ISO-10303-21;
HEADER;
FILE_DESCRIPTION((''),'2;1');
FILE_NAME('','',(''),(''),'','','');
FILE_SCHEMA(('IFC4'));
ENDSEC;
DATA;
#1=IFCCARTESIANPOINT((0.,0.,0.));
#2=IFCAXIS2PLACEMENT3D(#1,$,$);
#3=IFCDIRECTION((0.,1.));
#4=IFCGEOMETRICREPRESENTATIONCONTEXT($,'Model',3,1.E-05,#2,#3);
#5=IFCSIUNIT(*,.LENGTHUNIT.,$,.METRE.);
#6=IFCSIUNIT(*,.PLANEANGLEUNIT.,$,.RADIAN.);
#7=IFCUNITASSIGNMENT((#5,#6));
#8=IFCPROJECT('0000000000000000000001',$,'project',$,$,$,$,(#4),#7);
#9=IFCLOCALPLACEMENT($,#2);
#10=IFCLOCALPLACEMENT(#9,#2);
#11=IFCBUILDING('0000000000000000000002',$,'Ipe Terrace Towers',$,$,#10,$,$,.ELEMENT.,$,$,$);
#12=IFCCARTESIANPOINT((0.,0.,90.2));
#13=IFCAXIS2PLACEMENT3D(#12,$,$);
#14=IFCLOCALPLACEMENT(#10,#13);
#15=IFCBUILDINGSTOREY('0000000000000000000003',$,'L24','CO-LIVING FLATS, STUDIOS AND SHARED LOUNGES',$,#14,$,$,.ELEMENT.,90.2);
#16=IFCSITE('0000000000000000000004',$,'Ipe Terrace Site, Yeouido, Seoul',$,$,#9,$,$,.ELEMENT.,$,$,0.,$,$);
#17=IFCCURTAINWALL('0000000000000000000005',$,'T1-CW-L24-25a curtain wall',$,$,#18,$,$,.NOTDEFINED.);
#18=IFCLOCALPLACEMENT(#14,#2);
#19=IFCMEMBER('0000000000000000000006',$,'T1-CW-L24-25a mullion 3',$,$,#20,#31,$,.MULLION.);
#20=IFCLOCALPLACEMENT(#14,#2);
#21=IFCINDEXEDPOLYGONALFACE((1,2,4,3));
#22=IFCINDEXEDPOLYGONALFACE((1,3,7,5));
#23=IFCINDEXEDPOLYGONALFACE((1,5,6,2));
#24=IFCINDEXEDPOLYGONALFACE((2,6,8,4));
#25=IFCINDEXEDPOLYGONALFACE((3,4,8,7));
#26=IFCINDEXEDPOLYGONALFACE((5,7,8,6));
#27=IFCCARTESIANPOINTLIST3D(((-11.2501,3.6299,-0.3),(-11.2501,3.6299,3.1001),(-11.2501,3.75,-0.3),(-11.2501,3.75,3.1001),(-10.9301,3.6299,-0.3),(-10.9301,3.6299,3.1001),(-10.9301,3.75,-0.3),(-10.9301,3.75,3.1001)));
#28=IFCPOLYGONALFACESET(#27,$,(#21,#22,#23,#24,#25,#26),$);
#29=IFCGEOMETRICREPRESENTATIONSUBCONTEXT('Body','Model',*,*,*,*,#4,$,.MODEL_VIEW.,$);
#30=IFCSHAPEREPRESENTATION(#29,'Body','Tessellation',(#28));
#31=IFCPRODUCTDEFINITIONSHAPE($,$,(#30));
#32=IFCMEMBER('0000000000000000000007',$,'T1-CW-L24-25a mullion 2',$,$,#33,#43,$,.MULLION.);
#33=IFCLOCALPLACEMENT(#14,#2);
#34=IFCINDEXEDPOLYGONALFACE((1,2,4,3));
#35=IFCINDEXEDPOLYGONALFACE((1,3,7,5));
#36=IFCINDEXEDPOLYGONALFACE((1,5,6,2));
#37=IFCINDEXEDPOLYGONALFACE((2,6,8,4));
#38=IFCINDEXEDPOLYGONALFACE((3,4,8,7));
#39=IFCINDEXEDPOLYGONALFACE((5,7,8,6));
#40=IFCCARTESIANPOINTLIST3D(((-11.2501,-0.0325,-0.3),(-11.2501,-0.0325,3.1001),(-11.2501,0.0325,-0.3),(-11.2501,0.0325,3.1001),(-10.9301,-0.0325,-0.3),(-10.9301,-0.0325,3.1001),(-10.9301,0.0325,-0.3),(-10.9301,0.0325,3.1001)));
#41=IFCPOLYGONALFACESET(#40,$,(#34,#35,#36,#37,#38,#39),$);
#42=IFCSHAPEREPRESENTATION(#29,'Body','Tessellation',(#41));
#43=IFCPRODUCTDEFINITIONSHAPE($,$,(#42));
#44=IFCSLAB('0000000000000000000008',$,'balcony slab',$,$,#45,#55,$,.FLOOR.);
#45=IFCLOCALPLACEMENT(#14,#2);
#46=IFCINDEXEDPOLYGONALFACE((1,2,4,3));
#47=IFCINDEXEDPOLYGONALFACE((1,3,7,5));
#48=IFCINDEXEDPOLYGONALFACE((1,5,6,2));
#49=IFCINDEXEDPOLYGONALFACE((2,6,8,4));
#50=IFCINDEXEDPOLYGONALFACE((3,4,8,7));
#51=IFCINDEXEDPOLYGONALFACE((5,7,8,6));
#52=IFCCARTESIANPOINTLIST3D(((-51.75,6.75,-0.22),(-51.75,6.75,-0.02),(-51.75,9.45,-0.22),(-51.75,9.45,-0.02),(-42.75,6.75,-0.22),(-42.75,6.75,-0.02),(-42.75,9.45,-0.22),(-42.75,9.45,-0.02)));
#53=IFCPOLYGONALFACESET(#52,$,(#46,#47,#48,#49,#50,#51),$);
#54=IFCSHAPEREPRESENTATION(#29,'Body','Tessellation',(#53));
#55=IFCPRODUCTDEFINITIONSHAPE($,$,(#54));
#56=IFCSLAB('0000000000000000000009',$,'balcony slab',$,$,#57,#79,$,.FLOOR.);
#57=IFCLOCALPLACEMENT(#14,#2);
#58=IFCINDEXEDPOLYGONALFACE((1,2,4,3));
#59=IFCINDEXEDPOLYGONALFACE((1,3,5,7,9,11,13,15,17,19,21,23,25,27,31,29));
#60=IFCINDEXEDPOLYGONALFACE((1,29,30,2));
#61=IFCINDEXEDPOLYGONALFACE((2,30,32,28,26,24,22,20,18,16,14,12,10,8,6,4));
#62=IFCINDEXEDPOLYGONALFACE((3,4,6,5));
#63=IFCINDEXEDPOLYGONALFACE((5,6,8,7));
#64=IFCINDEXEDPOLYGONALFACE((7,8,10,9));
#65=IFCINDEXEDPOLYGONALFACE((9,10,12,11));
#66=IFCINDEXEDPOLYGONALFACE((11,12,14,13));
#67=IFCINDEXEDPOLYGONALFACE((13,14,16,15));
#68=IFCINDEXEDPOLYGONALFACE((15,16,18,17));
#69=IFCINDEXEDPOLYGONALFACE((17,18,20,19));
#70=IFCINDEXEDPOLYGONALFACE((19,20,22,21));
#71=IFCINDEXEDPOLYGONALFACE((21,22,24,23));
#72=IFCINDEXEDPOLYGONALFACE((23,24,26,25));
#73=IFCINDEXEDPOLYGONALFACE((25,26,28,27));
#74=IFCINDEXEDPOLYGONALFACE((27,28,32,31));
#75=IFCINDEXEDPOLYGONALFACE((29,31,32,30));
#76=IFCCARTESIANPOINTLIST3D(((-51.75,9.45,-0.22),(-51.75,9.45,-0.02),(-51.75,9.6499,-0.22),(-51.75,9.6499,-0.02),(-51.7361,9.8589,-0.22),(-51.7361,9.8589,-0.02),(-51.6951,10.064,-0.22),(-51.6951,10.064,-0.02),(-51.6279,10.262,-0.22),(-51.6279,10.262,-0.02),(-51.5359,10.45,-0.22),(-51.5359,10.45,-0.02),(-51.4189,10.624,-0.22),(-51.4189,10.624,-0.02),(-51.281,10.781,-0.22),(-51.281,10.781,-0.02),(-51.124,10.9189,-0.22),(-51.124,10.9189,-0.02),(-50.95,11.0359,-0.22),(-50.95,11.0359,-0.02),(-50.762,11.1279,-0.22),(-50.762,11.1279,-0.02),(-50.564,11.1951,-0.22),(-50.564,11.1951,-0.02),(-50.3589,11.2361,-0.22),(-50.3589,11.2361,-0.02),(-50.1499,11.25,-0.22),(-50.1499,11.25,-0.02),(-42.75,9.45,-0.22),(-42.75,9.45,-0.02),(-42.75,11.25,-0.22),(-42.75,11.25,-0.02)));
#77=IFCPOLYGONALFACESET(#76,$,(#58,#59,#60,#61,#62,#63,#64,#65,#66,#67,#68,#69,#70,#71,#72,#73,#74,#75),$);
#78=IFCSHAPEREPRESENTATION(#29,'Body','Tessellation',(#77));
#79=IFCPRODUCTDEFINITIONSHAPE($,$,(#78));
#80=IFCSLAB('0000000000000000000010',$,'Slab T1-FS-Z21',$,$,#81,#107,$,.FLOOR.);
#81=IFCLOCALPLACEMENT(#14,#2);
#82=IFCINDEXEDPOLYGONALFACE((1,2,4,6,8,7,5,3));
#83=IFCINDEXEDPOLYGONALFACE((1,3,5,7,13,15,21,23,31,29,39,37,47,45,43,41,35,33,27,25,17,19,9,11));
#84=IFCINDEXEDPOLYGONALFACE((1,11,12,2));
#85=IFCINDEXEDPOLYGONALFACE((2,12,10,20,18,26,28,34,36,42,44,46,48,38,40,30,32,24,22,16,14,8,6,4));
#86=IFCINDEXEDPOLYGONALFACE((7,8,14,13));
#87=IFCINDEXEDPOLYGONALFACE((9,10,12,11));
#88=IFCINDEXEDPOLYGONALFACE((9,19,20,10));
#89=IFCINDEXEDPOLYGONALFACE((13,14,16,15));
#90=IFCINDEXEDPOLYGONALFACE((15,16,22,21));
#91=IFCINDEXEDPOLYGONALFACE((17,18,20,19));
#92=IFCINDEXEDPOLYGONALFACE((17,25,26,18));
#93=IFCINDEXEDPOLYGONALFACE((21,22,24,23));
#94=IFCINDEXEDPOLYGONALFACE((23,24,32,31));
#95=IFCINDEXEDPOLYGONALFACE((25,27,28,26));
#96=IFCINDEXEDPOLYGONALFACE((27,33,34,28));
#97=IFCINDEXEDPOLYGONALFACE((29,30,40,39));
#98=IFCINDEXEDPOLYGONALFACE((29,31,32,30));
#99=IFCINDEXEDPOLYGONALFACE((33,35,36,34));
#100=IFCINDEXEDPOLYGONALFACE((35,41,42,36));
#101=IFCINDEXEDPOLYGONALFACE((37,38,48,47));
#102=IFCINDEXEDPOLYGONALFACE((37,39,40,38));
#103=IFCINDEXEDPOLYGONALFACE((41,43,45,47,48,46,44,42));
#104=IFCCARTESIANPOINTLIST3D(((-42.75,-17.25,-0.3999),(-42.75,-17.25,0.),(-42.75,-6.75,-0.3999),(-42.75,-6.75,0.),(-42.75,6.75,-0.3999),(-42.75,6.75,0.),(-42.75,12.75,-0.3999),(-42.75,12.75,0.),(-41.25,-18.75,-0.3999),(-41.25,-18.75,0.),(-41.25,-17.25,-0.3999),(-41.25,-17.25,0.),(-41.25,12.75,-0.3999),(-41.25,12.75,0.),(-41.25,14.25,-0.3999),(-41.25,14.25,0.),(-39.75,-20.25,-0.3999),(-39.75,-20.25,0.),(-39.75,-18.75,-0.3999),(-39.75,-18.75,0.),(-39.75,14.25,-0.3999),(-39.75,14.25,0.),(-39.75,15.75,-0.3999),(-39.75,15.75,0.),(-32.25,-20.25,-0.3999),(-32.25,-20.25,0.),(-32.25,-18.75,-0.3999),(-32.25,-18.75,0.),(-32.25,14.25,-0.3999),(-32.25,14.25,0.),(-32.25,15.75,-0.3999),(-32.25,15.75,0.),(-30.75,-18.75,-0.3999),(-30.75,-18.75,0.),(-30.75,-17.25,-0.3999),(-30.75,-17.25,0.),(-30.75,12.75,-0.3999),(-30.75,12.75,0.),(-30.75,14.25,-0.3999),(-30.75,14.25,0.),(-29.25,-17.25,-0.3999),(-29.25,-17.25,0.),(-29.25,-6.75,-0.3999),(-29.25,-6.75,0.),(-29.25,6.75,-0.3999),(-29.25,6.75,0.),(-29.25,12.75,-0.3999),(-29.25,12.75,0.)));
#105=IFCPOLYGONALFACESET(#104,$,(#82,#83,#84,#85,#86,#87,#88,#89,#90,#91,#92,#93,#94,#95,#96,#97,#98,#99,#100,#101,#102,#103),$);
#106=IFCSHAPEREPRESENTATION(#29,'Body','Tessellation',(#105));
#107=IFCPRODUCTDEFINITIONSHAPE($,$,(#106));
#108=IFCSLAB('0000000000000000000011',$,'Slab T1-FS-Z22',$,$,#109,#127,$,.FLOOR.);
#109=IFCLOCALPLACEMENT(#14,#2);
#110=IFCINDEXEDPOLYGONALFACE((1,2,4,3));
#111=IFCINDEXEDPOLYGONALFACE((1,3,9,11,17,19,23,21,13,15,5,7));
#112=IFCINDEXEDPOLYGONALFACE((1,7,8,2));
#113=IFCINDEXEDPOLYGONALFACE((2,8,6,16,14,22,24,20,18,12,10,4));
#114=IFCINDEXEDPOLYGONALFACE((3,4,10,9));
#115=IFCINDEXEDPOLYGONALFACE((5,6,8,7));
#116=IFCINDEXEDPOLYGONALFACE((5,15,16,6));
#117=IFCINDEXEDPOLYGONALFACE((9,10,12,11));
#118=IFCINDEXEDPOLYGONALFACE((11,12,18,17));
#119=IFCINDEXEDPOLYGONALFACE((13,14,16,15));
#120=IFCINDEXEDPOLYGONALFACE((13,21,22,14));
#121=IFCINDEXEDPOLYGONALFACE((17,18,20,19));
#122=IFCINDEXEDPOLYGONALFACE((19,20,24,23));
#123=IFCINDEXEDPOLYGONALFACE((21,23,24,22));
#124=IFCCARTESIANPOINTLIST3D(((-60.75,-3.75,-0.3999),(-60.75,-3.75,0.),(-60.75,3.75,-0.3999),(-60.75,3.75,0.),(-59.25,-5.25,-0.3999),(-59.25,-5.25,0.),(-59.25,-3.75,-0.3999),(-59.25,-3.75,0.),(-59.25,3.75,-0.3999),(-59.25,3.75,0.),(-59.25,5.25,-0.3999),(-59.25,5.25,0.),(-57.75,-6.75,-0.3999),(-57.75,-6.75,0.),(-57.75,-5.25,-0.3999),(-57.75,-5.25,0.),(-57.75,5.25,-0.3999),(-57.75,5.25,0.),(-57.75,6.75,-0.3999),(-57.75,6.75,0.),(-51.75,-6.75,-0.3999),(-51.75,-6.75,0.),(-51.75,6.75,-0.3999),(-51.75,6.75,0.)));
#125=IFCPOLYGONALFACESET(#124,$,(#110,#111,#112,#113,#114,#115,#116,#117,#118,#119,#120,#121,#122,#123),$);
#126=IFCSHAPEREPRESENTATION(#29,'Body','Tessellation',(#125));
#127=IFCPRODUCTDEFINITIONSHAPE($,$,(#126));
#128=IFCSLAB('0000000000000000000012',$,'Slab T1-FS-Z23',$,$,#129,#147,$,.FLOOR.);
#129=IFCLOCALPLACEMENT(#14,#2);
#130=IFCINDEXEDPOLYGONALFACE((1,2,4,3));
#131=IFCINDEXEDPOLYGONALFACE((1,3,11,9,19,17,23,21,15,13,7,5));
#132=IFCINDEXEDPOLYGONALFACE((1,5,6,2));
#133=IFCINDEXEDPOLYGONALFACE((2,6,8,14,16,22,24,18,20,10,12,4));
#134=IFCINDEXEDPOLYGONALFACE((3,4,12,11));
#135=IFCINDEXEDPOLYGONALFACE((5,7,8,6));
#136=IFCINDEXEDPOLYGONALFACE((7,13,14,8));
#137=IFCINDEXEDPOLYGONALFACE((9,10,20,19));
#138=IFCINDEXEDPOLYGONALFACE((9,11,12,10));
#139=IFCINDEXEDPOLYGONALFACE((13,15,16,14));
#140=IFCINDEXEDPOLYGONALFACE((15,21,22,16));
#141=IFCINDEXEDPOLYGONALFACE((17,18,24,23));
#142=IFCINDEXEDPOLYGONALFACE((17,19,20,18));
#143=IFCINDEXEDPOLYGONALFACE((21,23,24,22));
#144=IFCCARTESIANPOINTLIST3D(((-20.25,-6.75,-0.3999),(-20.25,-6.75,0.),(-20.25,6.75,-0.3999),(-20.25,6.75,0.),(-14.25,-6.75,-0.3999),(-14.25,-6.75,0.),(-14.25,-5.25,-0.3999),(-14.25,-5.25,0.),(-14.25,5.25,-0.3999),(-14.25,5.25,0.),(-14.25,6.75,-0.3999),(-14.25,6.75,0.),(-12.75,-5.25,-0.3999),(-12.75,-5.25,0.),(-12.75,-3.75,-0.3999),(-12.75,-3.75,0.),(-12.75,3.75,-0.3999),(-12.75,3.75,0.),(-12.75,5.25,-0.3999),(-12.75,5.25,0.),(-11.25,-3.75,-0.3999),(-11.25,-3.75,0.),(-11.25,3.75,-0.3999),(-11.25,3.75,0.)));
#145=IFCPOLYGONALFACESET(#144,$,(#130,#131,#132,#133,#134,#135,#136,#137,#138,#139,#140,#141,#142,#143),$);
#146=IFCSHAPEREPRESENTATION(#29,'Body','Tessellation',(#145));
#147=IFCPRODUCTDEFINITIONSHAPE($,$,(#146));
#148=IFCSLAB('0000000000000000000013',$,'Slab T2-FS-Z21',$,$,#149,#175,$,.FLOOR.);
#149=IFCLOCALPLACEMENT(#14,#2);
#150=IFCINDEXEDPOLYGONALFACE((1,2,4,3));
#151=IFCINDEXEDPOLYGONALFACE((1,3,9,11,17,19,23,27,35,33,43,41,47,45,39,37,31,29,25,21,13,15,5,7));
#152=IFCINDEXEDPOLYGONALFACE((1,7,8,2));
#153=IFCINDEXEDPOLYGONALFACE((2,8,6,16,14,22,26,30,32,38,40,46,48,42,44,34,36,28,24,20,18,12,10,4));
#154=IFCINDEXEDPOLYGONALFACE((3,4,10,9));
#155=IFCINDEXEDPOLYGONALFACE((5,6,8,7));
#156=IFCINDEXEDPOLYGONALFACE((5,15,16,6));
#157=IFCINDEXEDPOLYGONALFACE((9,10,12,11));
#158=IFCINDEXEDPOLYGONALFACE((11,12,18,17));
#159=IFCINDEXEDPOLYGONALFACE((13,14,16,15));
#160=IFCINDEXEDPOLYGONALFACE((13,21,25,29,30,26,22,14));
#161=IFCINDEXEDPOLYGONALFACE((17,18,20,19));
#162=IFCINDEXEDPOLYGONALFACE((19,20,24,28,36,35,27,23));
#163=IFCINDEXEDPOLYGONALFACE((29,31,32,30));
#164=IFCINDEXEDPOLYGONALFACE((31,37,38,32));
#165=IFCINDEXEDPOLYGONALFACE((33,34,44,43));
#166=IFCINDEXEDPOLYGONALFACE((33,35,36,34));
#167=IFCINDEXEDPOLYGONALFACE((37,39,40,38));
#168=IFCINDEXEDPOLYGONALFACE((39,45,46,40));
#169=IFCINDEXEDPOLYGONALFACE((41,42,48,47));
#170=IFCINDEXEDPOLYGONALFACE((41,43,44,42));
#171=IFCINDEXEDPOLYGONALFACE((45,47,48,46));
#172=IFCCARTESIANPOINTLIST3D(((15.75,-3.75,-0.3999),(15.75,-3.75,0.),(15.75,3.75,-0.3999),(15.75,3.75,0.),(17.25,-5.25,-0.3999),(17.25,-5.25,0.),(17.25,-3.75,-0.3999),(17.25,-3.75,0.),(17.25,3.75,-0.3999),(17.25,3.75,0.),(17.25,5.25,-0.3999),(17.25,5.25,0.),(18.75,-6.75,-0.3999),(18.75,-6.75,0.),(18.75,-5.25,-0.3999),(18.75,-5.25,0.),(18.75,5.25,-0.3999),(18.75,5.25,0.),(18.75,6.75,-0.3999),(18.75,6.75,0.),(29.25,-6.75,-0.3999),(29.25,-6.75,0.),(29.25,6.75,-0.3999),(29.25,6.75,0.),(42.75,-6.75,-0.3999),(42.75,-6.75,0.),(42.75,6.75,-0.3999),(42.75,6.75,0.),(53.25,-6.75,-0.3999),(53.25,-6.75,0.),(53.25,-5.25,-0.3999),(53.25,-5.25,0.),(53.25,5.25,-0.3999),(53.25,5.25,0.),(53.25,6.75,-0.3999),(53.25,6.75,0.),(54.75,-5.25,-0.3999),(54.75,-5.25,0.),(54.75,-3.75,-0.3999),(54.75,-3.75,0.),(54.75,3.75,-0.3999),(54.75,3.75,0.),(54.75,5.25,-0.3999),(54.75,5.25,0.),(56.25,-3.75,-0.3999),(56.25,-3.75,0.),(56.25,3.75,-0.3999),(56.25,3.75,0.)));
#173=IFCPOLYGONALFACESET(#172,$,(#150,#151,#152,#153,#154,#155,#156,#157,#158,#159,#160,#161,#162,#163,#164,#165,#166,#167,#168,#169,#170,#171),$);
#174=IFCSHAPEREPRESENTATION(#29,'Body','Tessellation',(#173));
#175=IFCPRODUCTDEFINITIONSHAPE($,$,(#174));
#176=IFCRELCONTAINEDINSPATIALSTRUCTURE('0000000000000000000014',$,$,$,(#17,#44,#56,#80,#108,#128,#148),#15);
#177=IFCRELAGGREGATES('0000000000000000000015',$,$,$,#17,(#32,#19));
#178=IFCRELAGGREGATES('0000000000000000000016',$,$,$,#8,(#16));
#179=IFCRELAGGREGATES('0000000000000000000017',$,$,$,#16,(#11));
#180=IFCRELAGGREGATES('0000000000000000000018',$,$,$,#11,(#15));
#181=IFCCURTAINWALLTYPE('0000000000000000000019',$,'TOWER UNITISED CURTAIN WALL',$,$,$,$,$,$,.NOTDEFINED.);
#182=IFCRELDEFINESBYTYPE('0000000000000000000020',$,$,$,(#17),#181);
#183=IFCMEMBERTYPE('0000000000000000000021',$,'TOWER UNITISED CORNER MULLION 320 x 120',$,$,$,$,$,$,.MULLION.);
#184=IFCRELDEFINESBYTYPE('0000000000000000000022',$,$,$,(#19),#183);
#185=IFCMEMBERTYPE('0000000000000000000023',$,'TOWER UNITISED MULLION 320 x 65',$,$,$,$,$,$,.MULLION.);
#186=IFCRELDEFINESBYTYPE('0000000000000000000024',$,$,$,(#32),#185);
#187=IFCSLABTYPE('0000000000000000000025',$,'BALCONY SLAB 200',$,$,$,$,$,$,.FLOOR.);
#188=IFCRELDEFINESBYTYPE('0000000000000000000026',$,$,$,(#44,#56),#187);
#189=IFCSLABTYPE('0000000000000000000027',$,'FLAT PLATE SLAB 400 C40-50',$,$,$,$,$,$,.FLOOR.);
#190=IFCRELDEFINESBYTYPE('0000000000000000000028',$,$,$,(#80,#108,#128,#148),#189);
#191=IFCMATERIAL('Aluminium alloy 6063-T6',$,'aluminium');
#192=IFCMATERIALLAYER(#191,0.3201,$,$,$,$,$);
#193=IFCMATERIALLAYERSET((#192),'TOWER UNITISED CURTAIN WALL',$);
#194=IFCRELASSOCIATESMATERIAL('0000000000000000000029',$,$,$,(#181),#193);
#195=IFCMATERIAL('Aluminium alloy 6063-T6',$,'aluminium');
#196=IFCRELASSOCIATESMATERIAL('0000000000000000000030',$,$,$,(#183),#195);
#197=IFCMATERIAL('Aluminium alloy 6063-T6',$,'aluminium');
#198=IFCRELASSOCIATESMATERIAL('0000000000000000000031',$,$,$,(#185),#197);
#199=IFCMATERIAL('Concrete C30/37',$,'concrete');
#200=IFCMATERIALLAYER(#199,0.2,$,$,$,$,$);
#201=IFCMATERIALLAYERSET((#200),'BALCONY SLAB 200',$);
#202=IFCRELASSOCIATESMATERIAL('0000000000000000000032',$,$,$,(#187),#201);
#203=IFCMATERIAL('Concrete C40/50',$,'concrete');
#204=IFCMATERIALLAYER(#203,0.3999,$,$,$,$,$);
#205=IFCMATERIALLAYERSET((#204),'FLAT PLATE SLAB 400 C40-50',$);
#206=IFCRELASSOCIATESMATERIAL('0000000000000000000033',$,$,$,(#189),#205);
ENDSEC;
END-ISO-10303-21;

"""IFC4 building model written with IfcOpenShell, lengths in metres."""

from ifc_helpers import new_model, si_unit, direction, frame, origin, origin_2d, place, context, subcontext, project, spatial, polyline, rectangle, outline, extrude, material, layer, layer_set, material_profile, profile_set, type_object, element, aggregate, save


model = new_model("IFC4")

# Units and contexts
model_context = context("Model", 3, precision=1e-05, world=origin(), true_north=direction((0.0, 1.0)))
body_context = subcontext(model_context, "Body", "Model", "MODEL_VIEW")
ifc_project = project(units=[si_unit("LENGTHUNIT", "METRE"), si_unit("PLANEANGLEUNIT", "RADIAN")], contexts=[model_context])

# Site, building, storey
site_placement = place(None, origin())
site = spatial("IfcSite", under=ifc_project, at=site_placement, Name="Ipe Terrace Site, Yeouido, Seoul", CompositionType="ELEMENT", RefElevation=0.0)
building_placement = place(site_placement, origin())
building = spatial("IfcBuilding", under=site, at=building_placement, Name="Ipe Terrace Towers", CompositionType="ELEMENT")
storey_placement = place(building_placement, frame((0.0, 0.0, 90.2)))
storey = spatial("IfcBuildingStorey", under=building, at=storey_placement, Name="L24", Description="CO-LIVING FLATS, STUDIOS AND SHARED LOUNGES", CompositionType="ELEMENT", Elevation=90.2)

# Curtain wall, members
ifc_material_1 = material(Name="Aluminium alloy 6063-T6", Category="aluminium")
ifc_layer_1 = layer(ifc_material_1, 0.3201)
ifc_layer_set_1 = layer_set([ifc_layer_1], Name="TOWER UNITISED CURTAIN WALL")
curtain_wall_type = type_object("IfcCurtainWallType", Name="TOWER UNITISED CURTAIN WALL", PredefinedType="NOTDEFINED", material=ifc_layer_set_1)
curtain_wall_placement = place(storey_placement, origin())
curtain_wall = element("IfcCurtainWall", 1, at=curtain_wall_placement, inside=storey, type_object=curtain_wall_type, Name="T1-CW-L24-25a curtain wall", PredefinedType="NOTDEFINED")
ifc_material_2 = material(Name="Aluminium alloy 6063-T6", Category="aluminium")
ifc_material_profile_1 = material_profile(ifc_material_2, rectangle(XDim=0.3201, YDim=0.1201, at=origin_2d()), Name="TOWER UNITISED CORNER MULLION 320 x 120")
ifc_profile_set_1 = profile_set([ifc_material_profile_1], Name="Aluminium alloy 6063-T6")
member_type_1 = type_object("IfcMemberType", Name="TOWER UNITISED CORNER MULLION 320 x 120", PredefinedType="MULLION", material=ifc_profile_set_1)
member_1_placement = place(storey_placement, frame((-11.0901, 3.6899, -0.3), z_axis=(0.0, 0.0, 1.0), x_axis=(1.0, 0.0, 0.0)))
member_1 = element("IfcMember", 2, at=member_1_placement, type_object=member_type_1, Name="T1-CW-L24-25a mullion 3", PredefinedType="MULLION", context=body_context, shape_type="SweptSolid", body=[
    extrude(rectangle(XDim=0.3201, YDim=0.1201, at=origin_2d()), origin(), (0.0, 0.0, 1.0), 3.4001),
])
ifc_material_3 = material(Name="Aluminium alloy 6063-T6", Category="aluminium")
ifc_material_profile_2 = material_profile(ifc_material_3, rectangle(XDim=0.3201, YDim=0.0649, at=origin_2d()), Name="TOWER UNITISED MULLION 320 x 65")
ifc_profile_set_2 = profile_set([ifc_material_profile_2], Name="Aluminium alloy 6063-T6")
member_type_2 = type_object("IfcMemberType", Name="TOWER UNITISED MULLION 320 x 65", PredefinedType="MULLION", material=ifc_profile_set_2)
member_2_placement = place(storey_placement, frame((-11.0901, 0.0, -0.3), z_axis=(0.0, 0.0, 1.0), x_axis=(1.0, 0.0, 0.0)))
member_2 = element("IfcMember", 3, at=member_2_placement, type_object=member_type_2, Name="T1-CW-L24-25a mullion 2", PredefinedType="MULLION", context=body_context, shape_type="SweptSolid", body=[
    extrude(rectangle(XDim=0.3201, YDim=0.0649, at=origin_2d()), origin(), (0.0, 0.0, 1.0), 3.4001),
])

# Slabs
ifc_material_4 = material(Name="Concrete C30/37", Category="concrete")
ifc_layer_2 = layer(ifc_material_4, 0.2)
ifc_layer_set_2 = layer_set([ifc_layer_2], Name="BALCONY SLAB 200")
slab_type_1 = type_object("IfcSlabType", Name="BALCONY SLAB 200", PredefinedType="FLOOR", material=ifc_layer_set_2)
slab_1_placement = place(storey_placement, frame((0.0, 0.0, -0.22)))
element("IfcSlab", 4, at=slab_1_placement, inside=storey, type_object=slab_type_1, Name="balcony slab", PredefinedType="FLOOR", context=body_context, shape_type="SweptSolid", body=[
    extrude(outline(polyline([(-51.75, 6.75), (-42.75, 6.75), (-42.75, 9.45), (-51.75, 9.45), (-51.75, 6.75)])), origin(), (0.0, 0.0, 1.0), 0.2),
])
slab_2_placement = place(storey_placement, frame((0.0, 0.0, -0.22)))
element("IfcSlab", 5, at=slab_2_placement, inside=storey, type_object=slab_type_1, Name="balcony slab", PredefinedType="FLOOR", context=body_context, shape_type="SweptSolid", body=[
    extrude(outline(polyline([(-42.75, 11.25), (-50.1499, 11.25), (-50.3589, 11.2361), (-50.564, 11.1951), (-50.762, 11.1279), (-50.95, 11.0359), (-51.124, 10.9189), (-51.281, 10.781), (-51.4189, 10.624), (-51.5359, 10.45), (-51.6279, 10.262), (-51.6951, 10.064), (-51.7361, 9.8589), (-51.75, 9.6499), (-51.75, 9.45), (-42.75, 9.45), (-42.75, 11.25)])), origin(), (0.0, 0.0, 1.0), 0.2),
])
ifc_material_5 = material(Name="Concrete C40/50", Category="concrete")
ifc_layer_3 = layer(ifc_material_5, 0.3999)
ifc_layer_set_3 = layer_set([ifc_layer_3], Name="FLAT PLATE SLAB 400 C40-50")
slab_type_2 = type_object("IfcSlabType", Name="FLAT PLATE SLAB 400 C40-50", PredefinedType="FLOOR", material=ifc_layer_set_3)
slab_3_placement = place(storey_placement, frame((0.0, 0.0, -0.3999)))
element("IfcSlab", 6, at=slab_3_placement, inside=storey, type_object=slab_type_2, Name="Slab T1-FS-Z21", PredefinedType="FLOOR", context=body_context, shape_type="SweptSolid", body=[
    extrude(outline(polyline([(-30.75, -17.25), (-30.75, -18.75), (-32.25, -18.75), (-32.25, -20.25), (-39.75, -20.25), (-39.75, -18.75), (-41.25, -18.75), (-41.25, -17.25), (-42.75, -17.25), (-42.75, -6.75), (-42.75, 6.75), (-42.75, 12.75), (-41.25, 12.75), (-41.25, 14.25), (-39.75, 14.25), (-39.75, 15.75), (-32.25, 15.75), (-32.25, 14.25), (-30.75, 14.25), (-30.75, 12.75), (-29.25, 12.75), (-29.25, 6.75), (-29.25, -6.75), (-29.25, -17.25), (-30.75, -17.25)])), origin(), (0.0, 0.0, 1.0), 0.3999),
])
slab_4_placement = place(storey_placement, frame((0.0, 0.0, -0.3999)))
element("IfcSlab", 7, at=slab_4_placement, inside=storey, type_object=slab_type_2, Name="Slab T1-FS-Z22", PredefinedType="FLOOR", context=body_context, shape_type="SweptSolid", body=[
    extrude(outline(polyline([(-57.75, -6.75), (-57.75, -5.25), (-59.25, -5.25), (-59.25, -3.75), (-60.75, -3.75), (-60.75, 3.75), (-59.25, 3.75), (-59.25, 5.25), (-57.75, 5.25), (-57.75, 6.75), (-51.75, 6.75), (-51.75, -6.75), (-57.75, -6.75)])), origin(), (0.0, 0.0, 1.0), 0.3999),
])
slab_5_placement = place(storey_placement, frame((0.0, 0.0, -0.3999)))
element("IfcSlab", 8, at=slab_5_placement, inside=storey, type_object=slab_type_2, Name="Slab T1-FS-Z23", PredefinedType="FLOOR", context=body_context, shape_type="SweptSolid", body=[
    extrude(outline(polyline([(-14.25, 5.25), (-12.75, 5.25), (-12.75, 3.75), (-11.25, 3.75), (-11.25, -3.75), (-12.75, -3.75), (-12.75, -5.25), (-14.25, -5.25), (-14.25, -6.75), (-20.25, -6.75), (-20.25, 6.75), (-14.25, 6.75), (-14.25, 5.25)])), origin(), (0.0, 0.0, 1.0), 0.3999),
])
slab_6_placement = place(storey_placement, frame((0.0, 0.0, -0.3999)))
element("IfcSlab", 9, at=slab_6_placement, inside=storey, type_object=slab_type_2, Name="Slab T2-FS-Z21", PredefinedType="FLOOR", context=body_context, shape_type="SweptSolid", body=[
    extrude(outline(polyline([(53.25, 5.25), (54.75, 5.25), (54.75, 3.75), (56.25, 3.75), (56.25, -3.75), (54.75, -3.75), (54.75, -5.25), (53.25, -5.25), (53.25, -6.75), (42.75, -6.75), (29.25, -6.75), (18.75, -6.75), (18.75, -5.25), (17.25, -5.25), (17.25, -3.75), (15.75, -3.75), (15.75, 3.75), (17.25, 3.75), (17.25, 5.25), (18.75, 5.25), (18.75, 6.75), (29.25, 6.75), (42.75, 6.75), (53.25, 6.75), (53.25, 5.25)])), origin(), (0.0, 0.0, 1.0), 0.3999),
])

aggregate(curtain_wall, [member_2, member_1])

save(model, "model.ifc")
